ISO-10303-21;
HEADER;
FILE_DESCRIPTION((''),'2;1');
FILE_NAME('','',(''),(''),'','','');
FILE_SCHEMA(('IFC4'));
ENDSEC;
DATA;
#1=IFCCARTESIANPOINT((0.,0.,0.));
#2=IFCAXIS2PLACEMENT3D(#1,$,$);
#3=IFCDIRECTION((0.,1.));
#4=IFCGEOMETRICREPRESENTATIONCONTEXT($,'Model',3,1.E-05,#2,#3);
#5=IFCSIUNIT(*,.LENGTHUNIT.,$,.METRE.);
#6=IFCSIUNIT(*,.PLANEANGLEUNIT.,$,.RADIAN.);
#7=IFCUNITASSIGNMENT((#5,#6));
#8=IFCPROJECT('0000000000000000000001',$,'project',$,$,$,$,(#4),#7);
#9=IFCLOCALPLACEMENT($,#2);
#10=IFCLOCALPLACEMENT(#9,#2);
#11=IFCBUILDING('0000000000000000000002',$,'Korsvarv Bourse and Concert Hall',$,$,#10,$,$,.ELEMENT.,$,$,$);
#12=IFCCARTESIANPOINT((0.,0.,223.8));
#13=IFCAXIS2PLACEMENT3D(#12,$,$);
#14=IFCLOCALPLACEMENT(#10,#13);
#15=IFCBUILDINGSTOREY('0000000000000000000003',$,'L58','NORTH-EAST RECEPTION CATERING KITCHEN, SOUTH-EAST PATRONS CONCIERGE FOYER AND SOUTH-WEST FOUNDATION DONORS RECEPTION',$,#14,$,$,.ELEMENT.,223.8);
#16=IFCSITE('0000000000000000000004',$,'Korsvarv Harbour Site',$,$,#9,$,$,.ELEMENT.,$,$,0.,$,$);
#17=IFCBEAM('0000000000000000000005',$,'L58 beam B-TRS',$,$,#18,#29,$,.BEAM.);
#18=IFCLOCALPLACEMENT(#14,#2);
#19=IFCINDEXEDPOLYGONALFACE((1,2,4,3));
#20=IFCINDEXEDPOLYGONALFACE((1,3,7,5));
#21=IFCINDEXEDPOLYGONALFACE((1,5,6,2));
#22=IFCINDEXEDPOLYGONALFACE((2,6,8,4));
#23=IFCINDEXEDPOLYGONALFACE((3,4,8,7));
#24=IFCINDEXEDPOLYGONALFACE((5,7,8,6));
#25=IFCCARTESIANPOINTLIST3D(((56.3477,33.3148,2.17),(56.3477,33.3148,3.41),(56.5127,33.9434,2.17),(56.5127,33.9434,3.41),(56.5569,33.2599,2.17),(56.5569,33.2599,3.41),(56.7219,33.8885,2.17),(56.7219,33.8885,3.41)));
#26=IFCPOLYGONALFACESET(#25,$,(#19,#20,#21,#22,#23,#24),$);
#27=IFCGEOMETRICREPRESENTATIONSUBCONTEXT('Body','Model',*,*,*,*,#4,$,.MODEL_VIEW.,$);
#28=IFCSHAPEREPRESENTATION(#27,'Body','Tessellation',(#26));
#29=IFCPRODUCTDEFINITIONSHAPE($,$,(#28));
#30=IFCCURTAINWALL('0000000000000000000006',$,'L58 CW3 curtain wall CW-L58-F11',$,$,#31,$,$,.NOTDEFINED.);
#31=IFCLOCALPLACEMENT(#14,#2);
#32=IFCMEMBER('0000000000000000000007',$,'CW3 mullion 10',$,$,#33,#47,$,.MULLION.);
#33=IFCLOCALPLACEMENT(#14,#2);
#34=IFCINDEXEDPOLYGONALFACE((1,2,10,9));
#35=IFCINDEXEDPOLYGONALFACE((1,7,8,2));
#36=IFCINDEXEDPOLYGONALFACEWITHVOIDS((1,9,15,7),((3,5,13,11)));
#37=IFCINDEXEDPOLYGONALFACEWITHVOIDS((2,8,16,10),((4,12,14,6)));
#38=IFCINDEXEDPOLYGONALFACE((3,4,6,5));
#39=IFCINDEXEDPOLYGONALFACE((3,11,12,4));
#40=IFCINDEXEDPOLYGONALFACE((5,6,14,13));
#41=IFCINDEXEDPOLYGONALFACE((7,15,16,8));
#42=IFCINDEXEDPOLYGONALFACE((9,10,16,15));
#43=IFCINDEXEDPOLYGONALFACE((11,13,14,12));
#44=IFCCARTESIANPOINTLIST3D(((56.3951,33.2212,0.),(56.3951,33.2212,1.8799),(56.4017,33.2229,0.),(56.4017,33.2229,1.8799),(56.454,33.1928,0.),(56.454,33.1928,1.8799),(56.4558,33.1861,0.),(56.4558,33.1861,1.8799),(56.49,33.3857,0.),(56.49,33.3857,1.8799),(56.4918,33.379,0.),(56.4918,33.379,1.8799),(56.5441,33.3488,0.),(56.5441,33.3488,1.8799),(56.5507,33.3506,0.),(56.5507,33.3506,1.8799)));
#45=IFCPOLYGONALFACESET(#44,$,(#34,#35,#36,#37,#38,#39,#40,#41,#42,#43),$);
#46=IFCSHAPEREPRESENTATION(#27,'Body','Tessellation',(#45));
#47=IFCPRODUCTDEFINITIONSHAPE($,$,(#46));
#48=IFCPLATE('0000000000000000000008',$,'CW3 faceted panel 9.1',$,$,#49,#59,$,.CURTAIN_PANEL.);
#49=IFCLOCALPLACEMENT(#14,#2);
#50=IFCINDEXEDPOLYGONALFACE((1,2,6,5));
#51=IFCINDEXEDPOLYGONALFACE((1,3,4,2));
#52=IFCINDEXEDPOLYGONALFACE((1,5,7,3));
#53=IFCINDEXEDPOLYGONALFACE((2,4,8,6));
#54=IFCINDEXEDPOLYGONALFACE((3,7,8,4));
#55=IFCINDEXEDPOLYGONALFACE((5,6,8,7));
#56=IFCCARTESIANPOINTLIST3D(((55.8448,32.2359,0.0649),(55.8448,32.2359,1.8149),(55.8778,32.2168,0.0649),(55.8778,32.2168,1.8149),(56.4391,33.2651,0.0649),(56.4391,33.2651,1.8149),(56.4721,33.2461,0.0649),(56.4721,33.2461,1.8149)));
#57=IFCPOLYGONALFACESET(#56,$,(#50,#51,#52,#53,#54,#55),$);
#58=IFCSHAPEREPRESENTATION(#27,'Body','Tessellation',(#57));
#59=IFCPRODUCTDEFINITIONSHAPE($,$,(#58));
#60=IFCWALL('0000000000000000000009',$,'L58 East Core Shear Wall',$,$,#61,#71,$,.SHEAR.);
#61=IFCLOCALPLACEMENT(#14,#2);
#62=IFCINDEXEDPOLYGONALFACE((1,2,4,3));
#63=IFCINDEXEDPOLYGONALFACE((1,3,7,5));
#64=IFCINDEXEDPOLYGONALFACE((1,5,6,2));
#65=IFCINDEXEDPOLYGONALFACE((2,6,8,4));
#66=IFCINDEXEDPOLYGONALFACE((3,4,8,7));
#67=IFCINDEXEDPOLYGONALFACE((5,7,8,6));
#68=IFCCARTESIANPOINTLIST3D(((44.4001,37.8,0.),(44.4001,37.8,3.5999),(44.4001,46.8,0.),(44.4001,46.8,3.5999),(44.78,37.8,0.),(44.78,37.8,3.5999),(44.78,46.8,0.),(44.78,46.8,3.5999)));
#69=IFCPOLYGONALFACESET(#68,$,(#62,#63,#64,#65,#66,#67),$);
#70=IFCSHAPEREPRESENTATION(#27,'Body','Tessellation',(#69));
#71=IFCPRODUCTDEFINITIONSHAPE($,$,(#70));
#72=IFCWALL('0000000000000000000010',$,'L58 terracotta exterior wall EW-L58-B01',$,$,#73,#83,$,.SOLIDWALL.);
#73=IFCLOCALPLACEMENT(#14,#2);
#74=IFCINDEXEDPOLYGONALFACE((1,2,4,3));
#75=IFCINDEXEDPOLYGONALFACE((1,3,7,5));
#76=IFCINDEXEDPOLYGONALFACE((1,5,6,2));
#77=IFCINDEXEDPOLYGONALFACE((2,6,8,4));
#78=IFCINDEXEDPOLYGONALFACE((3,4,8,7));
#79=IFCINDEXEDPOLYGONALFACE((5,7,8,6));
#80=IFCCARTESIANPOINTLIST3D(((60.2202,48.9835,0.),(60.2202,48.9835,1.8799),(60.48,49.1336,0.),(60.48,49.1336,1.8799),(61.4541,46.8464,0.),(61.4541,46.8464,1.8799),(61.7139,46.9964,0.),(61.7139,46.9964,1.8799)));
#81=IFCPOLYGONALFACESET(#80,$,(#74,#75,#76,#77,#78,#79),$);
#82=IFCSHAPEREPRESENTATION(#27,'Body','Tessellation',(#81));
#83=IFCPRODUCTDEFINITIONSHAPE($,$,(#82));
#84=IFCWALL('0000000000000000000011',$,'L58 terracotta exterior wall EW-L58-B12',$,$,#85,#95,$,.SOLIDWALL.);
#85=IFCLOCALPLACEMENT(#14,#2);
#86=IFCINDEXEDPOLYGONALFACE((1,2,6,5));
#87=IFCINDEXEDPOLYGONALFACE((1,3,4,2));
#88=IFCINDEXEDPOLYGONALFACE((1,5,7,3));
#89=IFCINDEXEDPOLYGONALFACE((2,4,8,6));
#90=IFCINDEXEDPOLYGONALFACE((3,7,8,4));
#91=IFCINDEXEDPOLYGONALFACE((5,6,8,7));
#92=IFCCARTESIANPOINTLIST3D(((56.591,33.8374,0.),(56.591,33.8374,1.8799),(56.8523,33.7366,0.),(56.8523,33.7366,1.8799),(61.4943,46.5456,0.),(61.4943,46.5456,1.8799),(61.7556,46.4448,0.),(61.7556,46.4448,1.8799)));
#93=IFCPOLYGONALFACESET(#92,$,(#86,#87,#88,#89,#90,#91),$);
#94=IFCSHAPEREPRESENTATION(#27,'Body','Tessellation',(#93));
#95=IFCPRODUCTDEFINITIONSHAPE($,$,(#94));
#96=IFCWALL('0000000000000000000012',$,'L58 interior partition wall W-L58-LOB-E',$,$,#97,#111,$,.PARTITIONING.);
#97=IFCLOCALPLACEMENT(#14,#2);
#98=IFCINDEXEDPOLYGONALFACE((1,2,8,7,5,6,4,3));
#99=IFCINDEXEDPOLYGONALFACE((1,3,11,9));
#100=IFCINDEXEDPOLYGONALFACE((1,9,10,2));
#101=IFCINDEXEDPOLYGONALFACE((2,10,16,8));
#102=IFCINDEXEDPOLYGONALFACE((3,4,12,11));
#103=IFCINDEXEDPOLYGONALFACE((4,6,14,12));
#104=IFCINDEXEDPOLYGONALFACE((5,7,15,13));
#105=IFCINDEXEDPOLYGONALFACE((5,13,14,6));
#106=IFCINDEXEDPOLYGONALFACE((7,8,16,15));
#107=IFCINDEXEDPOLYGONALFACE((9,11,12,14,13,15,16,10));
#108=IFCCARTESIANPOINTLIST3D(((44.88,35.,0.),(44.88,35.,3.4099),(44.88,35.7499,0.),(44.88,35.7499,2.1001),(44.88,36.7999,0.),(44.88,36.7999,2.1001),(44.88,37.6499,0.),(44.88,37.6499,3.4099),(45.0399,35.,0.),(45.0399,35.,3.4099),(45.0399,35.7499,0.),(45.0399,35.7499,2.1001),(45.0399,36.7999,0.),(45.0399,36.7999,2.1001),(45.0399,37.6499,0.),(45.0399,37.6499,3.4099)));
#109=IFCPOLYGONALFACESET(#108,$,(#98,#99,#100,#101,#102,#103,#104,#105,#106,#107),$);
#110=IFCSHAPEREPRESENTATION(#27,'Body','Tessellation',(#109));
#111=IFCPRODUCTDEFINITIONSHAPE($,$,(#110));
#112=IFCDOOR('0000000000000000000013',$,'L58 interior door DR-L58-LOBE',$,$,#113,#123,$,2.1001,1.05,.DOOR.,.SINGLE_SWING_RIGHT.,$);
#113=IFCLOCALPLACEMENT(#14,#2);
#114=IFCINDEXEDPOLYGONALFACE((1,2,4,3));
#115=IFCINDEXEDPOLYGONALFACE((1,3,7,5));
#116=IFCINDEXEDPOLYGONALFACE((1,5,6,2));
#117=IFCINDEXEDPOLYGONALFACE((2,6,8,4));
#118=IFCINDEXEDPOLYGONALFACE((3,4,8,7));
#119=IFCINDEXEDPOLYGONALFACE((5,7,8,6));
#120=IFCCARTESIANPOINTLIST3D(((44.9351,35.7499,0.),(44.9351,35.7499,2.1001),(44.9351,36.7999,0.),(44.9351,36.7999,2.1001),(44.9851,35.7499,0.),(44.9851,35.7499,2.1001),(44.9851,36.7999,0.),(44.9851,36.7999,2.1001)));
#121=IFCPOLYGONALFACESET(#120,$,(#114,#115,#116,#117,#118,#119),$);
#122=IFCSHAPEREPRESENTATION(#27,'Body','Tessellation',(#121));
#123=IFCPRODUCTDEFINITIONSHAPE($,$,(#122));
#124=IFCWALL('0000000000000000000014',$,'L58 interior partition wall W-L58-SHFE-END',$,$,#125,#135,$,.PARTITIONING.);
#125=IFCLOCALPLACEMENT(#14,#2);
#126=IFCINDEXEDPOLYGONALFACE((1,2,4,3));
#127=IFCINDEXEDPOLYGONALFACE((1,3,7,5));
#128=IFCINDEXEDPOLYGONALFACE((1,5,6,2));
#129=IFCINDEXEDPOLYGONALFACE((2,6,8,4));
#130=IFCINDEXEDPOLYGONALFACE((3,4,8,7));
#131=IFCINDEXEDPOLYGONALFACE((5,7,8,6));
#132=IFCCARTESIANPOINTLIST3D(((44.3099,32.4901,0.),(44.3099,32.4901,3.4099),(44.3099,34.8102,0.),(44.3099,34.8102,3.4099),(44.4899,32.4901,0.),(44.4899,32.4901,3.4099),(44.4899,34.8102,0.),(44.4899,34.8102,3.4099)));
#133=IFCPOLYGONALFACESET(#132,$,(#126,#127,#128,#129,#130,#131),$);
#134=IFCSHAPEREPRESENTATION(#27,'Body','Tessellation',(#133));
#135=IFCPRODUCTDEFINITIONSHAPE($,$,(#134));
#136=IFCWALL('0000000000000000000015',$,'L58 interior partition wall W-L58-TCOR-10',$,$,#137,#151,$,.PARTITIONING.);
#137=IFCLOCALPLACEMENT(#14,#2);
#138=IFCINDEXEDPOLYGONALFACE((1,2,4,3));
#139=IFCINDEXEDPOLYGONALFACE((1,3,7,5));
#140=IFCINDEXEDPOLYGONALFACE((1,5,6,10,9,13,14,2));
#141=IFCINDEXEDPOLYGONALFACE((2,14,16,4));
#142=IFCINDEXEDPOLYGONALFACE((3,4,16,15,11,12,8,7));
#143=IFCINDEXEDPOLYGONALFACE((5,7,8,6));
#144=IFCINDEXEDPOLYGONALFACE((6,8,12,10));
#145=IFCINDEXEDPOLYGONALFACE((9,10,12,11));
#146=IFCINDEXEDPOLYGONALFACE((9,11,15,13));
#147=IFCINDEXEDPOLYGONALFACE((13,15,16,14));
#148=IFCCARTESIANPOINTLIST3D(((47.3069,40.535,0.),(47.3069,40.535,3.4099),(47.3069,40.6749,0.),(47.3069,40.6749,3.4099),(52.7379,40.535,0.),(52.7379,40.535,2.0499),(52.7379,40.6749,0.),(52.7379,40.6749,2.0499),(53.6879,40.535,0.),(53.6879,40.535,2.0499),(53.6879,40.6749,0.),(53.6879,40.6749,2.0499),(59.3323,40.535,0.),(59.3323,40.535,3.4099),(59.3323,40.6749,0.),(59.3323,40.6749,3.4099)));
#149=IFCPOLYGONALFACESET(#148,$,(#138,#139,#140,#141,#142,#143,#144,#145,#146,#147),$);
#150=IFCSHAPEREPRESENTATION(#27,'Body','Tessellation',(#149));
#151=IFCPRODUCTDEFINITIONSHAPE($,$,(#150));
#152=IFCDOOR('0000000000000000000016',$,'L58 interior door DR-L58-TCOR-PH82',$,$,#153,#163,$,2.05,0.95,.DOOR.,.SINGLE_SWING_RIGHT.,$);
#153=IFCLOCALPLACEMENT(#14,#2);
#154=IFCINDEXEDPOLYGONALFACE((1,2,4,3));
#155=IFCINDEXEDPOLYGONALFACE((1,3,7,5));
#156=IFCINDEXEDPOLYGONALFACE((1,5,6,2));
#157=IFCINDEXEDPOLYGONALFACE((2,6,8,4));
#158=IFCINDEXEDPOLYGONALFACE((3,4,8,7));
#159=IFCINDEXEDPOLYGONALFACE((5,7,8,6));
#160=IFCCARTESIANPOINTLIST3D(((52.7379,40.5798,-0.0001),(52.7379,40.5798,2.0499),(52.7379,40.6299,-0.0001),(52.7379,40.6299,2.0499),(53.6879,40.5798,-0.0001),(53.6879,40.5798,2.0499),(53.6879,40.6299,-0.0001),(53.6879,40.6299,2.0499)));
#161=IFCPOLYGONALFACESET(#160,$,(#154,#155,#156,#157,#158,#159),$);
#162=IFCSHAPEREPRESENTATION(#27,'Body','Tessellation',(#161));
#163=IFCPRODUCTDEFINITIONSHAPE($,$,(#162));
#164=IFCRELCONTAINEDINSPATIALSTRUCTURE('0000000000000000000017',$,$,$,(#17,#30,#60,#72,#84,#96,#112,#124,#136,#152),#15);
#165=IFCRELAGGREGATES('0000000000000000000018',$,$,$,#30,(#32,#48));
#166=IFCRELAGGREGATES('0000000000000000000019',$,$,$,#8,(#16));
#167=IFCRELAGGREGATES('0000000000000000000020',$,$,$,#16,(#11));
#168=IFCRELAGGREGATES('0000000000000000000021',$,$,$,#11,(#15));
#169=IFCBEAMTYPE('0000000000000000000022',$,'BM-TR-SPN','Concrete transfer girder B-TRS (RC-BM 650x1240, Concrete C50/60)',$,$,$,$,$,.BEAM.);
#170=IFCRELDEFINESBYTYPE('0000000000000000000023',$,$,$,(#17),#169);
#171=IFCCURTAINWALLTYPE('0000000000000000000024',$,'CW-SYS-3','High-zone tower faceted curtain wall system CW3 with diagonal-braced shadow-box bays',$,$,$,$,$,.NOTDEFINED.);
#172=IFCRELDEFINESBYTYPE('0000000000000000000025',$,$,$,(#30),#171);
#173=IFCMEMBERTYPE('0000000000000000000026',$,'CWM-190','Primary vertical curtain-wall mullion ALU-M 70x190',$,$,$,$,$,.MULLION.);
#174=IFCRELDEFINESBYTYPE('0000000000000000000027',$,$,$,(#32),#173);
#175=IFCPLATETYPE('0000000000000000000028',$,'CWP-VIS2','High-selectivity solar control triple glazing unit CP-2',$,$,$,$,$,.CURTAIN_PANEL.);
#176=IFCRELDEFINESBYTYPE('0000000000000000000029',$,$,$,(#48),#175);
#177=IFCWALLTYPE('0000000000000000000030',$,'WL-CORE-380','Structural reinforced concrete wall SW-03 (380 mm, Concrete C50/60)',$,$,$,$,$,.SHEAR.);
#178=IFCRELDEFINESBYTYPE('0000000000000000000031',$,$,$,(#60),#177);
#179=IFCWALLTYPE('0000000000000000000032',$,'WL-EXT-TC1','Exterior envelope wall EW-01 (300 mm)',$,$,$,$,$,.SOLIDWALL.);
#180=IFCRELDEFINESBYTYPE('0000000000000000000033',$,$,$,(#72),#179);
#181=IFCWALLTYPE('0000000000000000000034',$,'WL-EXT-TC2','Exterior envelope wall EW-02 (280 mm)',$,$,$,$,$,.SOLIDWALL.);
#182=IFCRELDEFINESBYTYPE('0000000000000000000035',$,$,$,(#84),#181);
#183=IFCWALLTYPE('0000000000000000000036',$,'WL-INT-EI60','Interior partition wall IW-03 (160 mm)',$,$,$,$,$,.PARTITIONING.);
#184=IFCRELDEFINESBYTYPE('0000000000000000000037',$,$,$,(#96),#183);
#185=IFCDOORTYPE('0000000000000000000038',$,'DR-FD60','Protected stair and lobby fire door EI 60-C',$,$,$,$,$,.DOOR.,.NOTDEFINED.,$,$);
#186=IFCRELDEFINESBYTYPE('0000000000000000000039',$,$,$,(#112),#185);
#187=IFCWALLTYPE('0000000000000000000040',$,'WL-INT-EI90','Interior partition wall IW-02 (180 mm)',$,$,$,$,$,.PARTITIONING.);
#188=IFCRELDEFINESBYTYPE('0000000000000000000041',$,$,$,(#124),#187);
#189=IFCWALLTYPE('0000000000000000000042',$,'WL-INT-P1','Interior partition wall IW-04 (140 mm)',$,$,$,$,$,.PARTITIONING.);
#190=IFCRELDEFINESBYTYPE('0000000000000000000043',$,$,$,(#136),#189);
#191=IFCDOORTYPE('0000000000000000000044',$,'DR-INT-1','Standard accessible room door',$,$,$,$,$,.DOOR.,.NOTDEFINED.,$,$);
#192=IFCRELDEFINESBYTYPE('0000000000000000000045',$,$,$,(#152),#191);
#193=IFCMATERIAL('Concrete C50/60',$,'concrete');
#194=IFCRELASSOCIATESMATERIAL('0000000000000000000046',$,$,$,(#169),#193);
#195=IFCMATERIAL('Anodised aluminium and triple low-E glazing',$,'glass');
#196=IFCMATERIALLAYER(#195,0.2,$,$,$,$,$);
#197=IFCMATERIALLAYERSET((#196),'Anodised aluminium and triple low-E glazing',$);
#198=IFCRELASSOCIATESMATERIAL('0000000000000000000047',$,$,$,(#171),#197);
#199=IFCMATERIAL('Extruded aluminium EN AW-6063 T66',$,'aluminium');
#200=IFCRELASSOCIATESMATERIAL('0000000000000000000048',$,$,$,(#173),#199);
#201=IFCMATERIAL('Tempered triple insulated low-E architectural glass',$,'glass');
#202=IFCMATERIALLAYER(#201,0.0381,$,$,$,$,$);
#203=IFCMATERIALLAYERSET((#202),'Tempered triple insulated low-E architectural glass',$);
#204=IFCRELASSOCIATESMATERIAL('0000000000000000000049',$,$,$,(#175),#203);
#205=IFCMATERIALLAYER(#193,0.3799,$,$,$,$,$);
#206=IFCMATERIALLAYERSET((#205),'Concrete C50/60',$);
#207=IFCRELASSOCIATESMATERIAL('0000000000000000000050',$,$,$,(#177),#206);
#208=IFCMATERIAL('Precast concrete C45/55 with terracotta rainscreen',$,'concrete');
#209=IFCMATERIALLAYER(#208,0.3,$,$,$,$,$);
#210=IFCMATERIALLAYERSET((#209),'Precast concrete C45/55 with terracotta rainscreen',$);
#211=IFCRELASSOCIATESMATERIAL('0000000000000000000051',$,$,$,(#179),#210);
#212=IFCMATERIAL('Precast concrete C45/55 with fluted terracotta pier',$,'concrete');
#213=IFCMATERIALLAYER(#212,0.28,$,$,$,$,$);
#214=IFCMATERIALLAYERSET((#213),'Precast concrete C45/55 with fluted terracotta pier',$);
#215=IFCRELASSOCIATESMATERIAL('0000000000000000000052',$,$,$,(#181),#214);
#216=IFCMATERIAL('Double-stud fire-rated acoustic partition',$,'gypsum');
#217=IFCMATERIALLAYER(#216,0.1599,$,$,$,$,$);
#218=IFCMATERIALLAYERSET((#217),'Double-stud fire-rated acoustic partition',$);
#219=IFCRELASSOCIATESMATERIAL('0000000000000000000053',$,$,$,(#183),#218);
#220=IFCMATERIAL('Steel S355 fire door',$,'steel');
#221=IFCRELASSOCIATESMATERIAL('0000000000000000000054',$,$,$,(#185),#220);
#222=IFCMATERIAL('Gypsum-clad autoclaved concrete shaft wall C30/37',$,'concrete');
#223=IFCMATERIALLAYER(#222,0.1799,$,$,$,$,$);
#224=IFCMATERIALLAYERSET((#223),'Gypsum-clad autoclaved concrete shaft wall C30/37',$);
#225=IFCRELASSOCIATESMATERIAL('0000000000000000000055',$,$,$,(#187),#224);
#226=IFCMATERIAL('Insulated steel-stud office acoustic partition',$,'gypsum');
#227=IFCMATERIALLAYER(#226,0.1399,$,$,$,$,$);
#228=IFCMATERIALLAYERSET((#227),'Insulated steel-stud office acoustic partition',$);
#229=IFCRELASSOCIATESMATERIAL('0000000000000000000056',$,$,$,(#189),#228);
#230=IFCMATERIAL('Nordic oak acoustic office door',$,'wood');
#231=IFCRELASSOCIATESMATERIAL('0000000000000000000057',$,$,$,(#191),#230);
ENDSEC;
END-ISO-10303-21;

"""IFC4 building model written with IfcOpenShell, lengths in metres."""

from ifc_helpers import new_model, si_unit, direction, frame, frame_2d, origin, origin_2d, place, context, subcontext, project, spatial, rectangle, hollow_rectangle, extrude, source, transform, mapped, material, layer, layer_set, material_profile, profile_set, type_object, element, fill, aggregate, save


model = new_model("IFC4")

# Units and contexts
model_context = context("Model", 3, precision=1e-05, world=origin(), true_north=direction((0.0, 1.0)))
body_context = subcontext(model_context, "Body", "Model", "MODEL_VIEW")
ifc_project = project(units=[si_unit("LENGTHUNIT", "METRE"), si_unit("PLANEANGLEUNIT", "RADIAN")], contexts=[model_context])

# Site, building, storey
site_placement = place(None, origin())
site = spatial("IfcSite", under=ifc_project, at=site_placement, Name="Korsvarv Harbour Site", CompositionType="ELEMENT", RefElevation=0.0)
building_placement = place(site_placement, origin())
building = spatial("IfcBuilding", under=site, at=building_placement, Name="Korsvarv Bourse and Concert Hall", CompositionType="ELEMENT")
storey_placement = place(building_placement, frame((0.0, 0.0, 223.8)))
storey = spatial("IfcBuildingStorey", under=building, at=storey_placement, Name="L58", Description="NORTH-EAST RECEPTION CATERING KITCHEN, SOUTH-EAST PATRONS CONCIERGE FOYER AND SOUTH-WEST FOUNDATION DONORS RECEPTION", CompositionType="ELEMENT", Elevation=223.8)

# Beam
ifc_material_1 = material(Name="Concrete C50/60", Category="concrete")
ifc_material_profile_1 = material_profile(ifc_material_1, rectangle(XDim=0.6499, YDim=1.24, at=origin_2d()), Name="RC-BM 650x1240")
ifc_profile_set_1 = profile_set([ifc_material_profile_1], Name="Concrete C50/60")
beam_type_1 = type_object("IfcBeamType", Name="BM-TR-SPN", Description="Concrete transfer girder B-TRS (RC-BM 650x1240, Concrete C50/60)", PredefinedType="BEAM", material=ifc_profile_set_1)
shared_shape_1 = source(origin(), body_context, "Body", "SweptSolid", [
    extrude(rectangle(XDim=0.6499, YDim=1.24, at=origin_2d()), origin(), (0.0, 0.0, 1.0), 0.2163),
])
beam_1_placement = place(storey_placement, frame((56.6394, 33.5742, 2.79), z_axis=(-0.967221, 0.253938, 0.0), x_axis=(-0.253938, -0.967221, 0.0)))
element("IfcBeam", 1, at=beam_1_placement, inside=storey, type_object=beam_type_1, Name="L58 beam B-TRS", PredefinedType="BEAM", context=body_context, shape_type="MappedRepresentation", body=[
    mapped(shared_shape_1, transform((0.0, 0.0, 0.0), scale=1.0)),
])

# Curtain wall, member, plate
ifc_material_2 = material(Name="Anodised aluminium and triple low-E glazing", Category="glass")
ifc_layer_1 = layer(ifc_material_2, 0.2)
ifc_layer_set_1 = layer_set([ifc_layer_1], Name="Anodised aluminium and triple low-E glazing")
curtain_wall_type = type_object("IfcCurtainWallType", Name="CW-SYS-3", Description="High-zone tower faceted curtain wall system CW3 with diagonal-braced shadow-box bays", PredefinedType="NOTDEFINED", material=ifc_layer_set_1)
curtain_wall_placement = place(storey_placement, origin())
curtain_wall = element("IfcCurtainWall", 2, at=curtain_wall_placement, inside=storey, type_object=curtain_wall_type, Name="L58 CW3 curtain wall CW-L58-F11", PredefinedType="NOTDEFINED")
ifc_material_3 = material(Name="Extruded aluminium EN AW-6063 T66", Category="aluminium")
ifc_material_profile_2 = material_profile(ifc_material_3, hollow_rectangle(XDim=0.0701, YDim=0.1899, WallThickness=0.0049, at=origin_2d()), Name="ALU-M 70x190")
ifc_profile_set_2 = profile_set([ifc_material_profile_2], Name="Extruded aluminium EN AW-6063 T66")
member_type = type_object("IfcMemberType", Name="CWM-190", Description="Primary vertical curtain-wall mullion ALU-M 70x190", PredefinedType="MULLION", material=ifc_profile_set_2)
shared_shape_2 = source(origin(), body_context, "Body", "SweptSolid", [
    extrude(hollow_rectangle(XDim=0.0701, YDim=0.1899, WallThickness=0.0049, at=origin_2d()), origin(), (0.0, 0.0, 1.0), 1.8799),
])
member_placement = place(storey_placement, frame((56.4729, 33.2859, 0.0), z_axis=(0.0, 0.0, 1.0), x_axis=(-0.86603, 0.499992, 0.0)))
member = element("IfcMember", 3, at=member_placement, type_object=member_type, Name="CW3 mullion 10", PredefinedType="MULLION", context=body_context, shape_type="MappedRepresentation", body=[
    mapped(shared_shape_2, transform((0.0, 0.0, 0.0), scale=1.0)),
])
ifc_material_4 = material(Name="Tempered triple insulated low-E architectural glass", Category="glass")
ifc_layer_2 = layer(ifc_material_4, 0.0381)
ifc_layer_set_2 = layer_set([ifc_layer_2], Name="Tempered triple insulated low-E architectural glass")
plate_type = type_object("IfcPlateType", Name="CWP-VIS2", Description="High-selectivity solar control triple glazing unit CP-2", PredefinedType="CURTAIN_PANEL", material=ifc_layer_set_2)
shared_shape_3 = source(origin(), body_context, "Body", "SweptSolid", [
    extrude(rectangle(XDim=1.1885, YDim=0.0381, at=origin_2d()), origin(), (0.0, 0.0, 1.0), 1.75),
])
plate_placement = place(storey_placement, frame((56.1584, 32.741, 0.0649), z_axis=(0.0, 0.0, 1.0), x_axis=(0.499992, 0.86603, 0.0)))
plate = element("IfcPlate", 4, at=plate_placement, type_object=plate_type, Name="CW3 faceted panel 9.1", PredefinedType="CURTAIN_PANEL", context=body_context, shape_type="MappedRepresentation", body=[
    mapped(shared_shape_3, transform((0.0, 0.0, 0.0), scale=1.0)),
])
aggregate(curtain_wall, [member, plate])

# Walls
ifc_layer_3 = layer(ifc_material_1, 0.3799)
ifc_layer_set_3 = layer_set([ifc_layer_3], Name="Concrete C50/60")
wall_type_1 = type_object("IfcWallType", Name="WL-CORE-380", Description="Structural reinforced concrete wall SW-03 (380 mm, Concrete C50/60)", PredefinedType="SHEAR", material=ifc_layer_set_3)
wall_1_placement = place(storey_placement, frame((44.5901, 37.8, 0.0), z_axis=(0.0, 0.0, 1.0), x_axis=(0.0, 1.0, 0.0)))
element("IfcWall", 5, at=wall_1_placement, inside=storey, type_object=wall_type_1, Name="L58 East Core Shear Wall", PredefinedType="SHEAR", context=body_context, shape_type="SweptSolid", body=[
    extrude(rectangle(XDim=9.0, YDim=0.3799, at=frame_2d((4.5, 0.0))), origin(), (0.0, 0.0, 1.0), 3.5999),
])
ifc_material_5 = material(Name="Precast concrete C45/55 with terracotta rainscreen", Category="concrete")
ifc_layer_4 = layer(ifc_material_5, 0.3)
ifc_layer_set_4 = layer_set([ifc_layer_4], Name="Precast concrete C45/55 with terracotta rainscreen")
wall_type_2 = type_object("IfcWallType", Name="WL-EXT-TC1", Description="Exterior envelope wall EW-01 (300 mm)", PredefinedType="SOLIDWALL", material=ifc_layer_set_4)
wall_2_placement = place(storey_placement, frame((61.584, 46.9214, 0.0), z_axis=(0.0, 0.0, 1.0), x_axis=(-0.499991, 0.866031, 0.0)))
element("IfcWall", 6, at=wall_2_placement, inside=storey, type_object=wall_type_2, Name="L58 terracotta exterior wall EW-L58-B01", PredefinedType="SOLIDWALL", context=body_context, shape_type="SweptSolid", body=[
    extrude(rectangle(XDim=2.4678, YDim=0.3, at=frame_2d((1.2339, 0.0))), origin(), (0.0, 0.0, 1.0), 1.8799),
])
ifc_material_6 = material(Name="Precast concrete C45/55 with fluted terracotta pier", Category="concrete")
ifc_layer_5 = layer(ifc_material_6, 0.28)
ifc_layer_set_5 = layer_set([ifc_layer_5], Name="Precast concrete C45/55 with fluted terracotta pier")
wall_type_3 = type_object("IfcWallType", Name="WL-EXT-TC2", Description="Exterior envelope wall EW-02 (280 mm)", PredefinedType="SOLIDWALL", material=ifc_layer_set_5)
wall_3_placement = place(storey_placement, frame((56.7217, 33.7871, 0.0), z_axis=(0.0, 0.0, 1.0), x_axis=(0.359972, 0.932963, 0.0)))
element("IfcWall", 7, at=wall_3_placement, inside=storey, type_object=wall_type_3, Name="L58 terracotta exterior wall EW-L58-B12", PredefinedType="SOLIDWALL", context=body_context, shape_type="SweptSolid", body=[
    extrude(rectangle(XDim=13.6213, YDim=0.28, at=frame_2d((6.8105, 0.0))), origin(), (0.0, 0.0, 1.0), 1.8799),
])

# Wall, opening, door
ifc_material_7 = material(Name="Double-stud fire-rated acoustic partition", Category="gypsum")
ifc_layer_6 = layer(ifc_material_7, 0.1599)
ifc_layer_set_6 = layer_set([ifc_layer_6], Name="Double-stud fire-rated acoustic partition")
wall_type_4 = type_object("IfcWallType", Name="WL-INT-EI60", Description="Interior partition wall IW-03 (160 mm)", PredefinedType="PARTITIONING", material=ifc_layer_set_6)
wall_4_placement = place(storey_placement, frame((44.96, 35.0, 0.0), z_axis=(0.0, 0.0, 1.0), x_axis=(0.0, 1.0, 0.0)))
wall_4 = element("IfcWall", 8, at=wall_4_placement, inside=storey, type_object=wall_type_4, Name="L58 interior partition wall W-L58-LOB-E", PredefinedType="PARTITIONING", context=body_context, shape_type="SweptSolid", body=[
    extrude(rectangle(XDim=2.6499, YDim=0.1599, at=frame_2d((1.325, 0.0))), origin(), (0.0, 0.0, 1.0), 3.4099),
])
opening_1_placement = place(wall_4_placement, frame((0.75, 0.0, 0.0)))
opening_1 = element("IfcOpeningElement", 9, at=opening_1_placement, cuts=wall_4, PredefinedType="OPENING", context=body_context, shape_type="SweptSolid", body=[
    extrude(rectangle(XDim=1.05, YDim=2.1001, at=frame_2d((0.5249, 1.05))), frame((0.0, 0.0898, 0.0), z_axis=(0.0, -1.0, 0.0), x_axis=(1.0, 0.0, 0.0)), (0.0, 0.0, 1.0), 0.1799),
])
ifc_material_8 = material(Name="Steel S355 fire door", Category="steel")
door_type_1 = type_object("IfcDoorType", Name="DR-FD60", Description="Protected stair and lobby fire door EI 60-C", OperationType="NOTDEFINED", PredefinedType="DOOR", material=ifc_material_8)
door_1_placement = place(opening_1_placement, origin())
door_1 = element("IfcDoor", 10, at=door_1_placement, inside=storey, type_object=door_type_1, Name="L58 interior door DR-L58-LOBE", OperationType="SINGLE_SWING_RIGHT", OverallHeight=2.1001, OverallWidth=1.05, PredefinedType="DOOR", context=body_context, shape_type="SweptSolid", body=[
    extrude(rectangle(XDim=1.05, YDim=2.1001, at=frame_2d((0.5249, 1.05))), frame((0.0, 0.0249, 0.0), z_axis=(0.0, -1.0, 0.0), x_axis=(1.0, 0.0, 0.0)), (0.0, 0.0, 1.0), 0.05),
])
fill(opening_1, door_1)

# Wall
ifc_material_9 = material(Name="Gypsum-clad autoclaved concrete shaft wall C30/37", Category="concrete")
ifc_layer_7 = layer(ifc_material_9, 0.1799)
ifc_layer_set_7 = layer_set([ifc_layer_7], Name="Gypsum-clad autoclaved concrete shaft wall C30/37")
wall_type_5 = type_object("IfcWallType", Name="WL-INT-EI90", Description="Interior partition wall IW-02 (180 mm)", PredefinedType="PARTITIONING", material=ifc_layer_set_7)
wall_5_placement = place(storey_placement, frame((44.3999, 32.49, 0.0), z_axis=(0.0, 0.0, 1.0), x_axis=(0.0, 1.0, 0.0)))
element("IfcWall", 11, at=wall_5_placement, inside=storey, type_object=wall_type_5, Name="L58 interior partition wall W-L58-SHFE-END", PredefinedType="PARTITIONING", context=body_context, shape_type="SweptSolid", body=[
    extrude(rectangle(XDim=2.3201, YDim=0.1799, at=frame_2d((1.1602, 0.0))), origin(), (0.0, 0.0, 1.0), 3.4099),
])

# Wall, opening, door
ifc_material_10 = material(Name="Insulated steel-stud office acoustic partition", Category="gypsum")
ifc_layer_8 = layer(ifc_material_10, 0.1399)
ifc_layer_set_8 = layer_set([ifc_layer_8], Name="Insulated steel-stud office acoustic partition")
wall_type_6 = type_object("IfcWallType", Name="WL-INT-P1", Description="Interior partition wall IW-04 (140 mm)", PredefinedType="PARTITIONING", material=ifc_layer_set_8)
wall_6_placement = place(storey_placement, frame((47.3069, 40.605, 0.0), z_axis=(0.0, 0.0, 1.0), x_axis=(1.0, 0.0, 0.0)))
wall_6 = element("IfcWall", 12, at=wall_6_placement, inside=storey, type_object=wall_type_6, Name="L58 interior partition wall W-L58-TCOR-10", PredefinedType="PARTITIONING", context=body_context, shape_type="SweptSolid", body=[
    extrude(rectangle(XDim=12.0254, YDim=0.1399, at=frame_2d((6.0127, 0.0))), origin(), (0.0, 0.0, 1.0), 3.4099),
])
opening_2_placement = place(wall_6_placement, frame((5.4309, 0.0, 0.0)))
opening_2 = element("IfcOpeningElement", 13, at=opening_2_placement, cuts=wall_6, PredefinedType="OPENING", context=body_context, shape_type="SweptSolid", body=[
    extrude(rectangle(XDim=0.95, YDim=2.05, at=frame_2d((0.4751, 1.0249))), frame((0.0, 0.0801, 0.0), z_axis=(0.0, -1.0, 0.0), x_axis=(1.0, 0.0, 0.0)), (0.0, 0.0, 1.0), 0.1599),
])
ifc_material_11 = material(Name="Nordic oak acoustic office door", Category="wood")
door_type_2 = type_object("IfcDoorType", Name="DR-INT-1", Description="Standard accessible room door", OperationType="NOTDEFINED", PredefinedType="DOOR", material=ifc_material_11)
door_2_placement = place(opening_2_placement, origin())
door_2 = element("IfcDoor", 14, at=door_2_placement, inside=storey, type_object=door_type_2, Name="L58 interior door DR-L58-TCOR-PH82", OperationType="SINGLE_SWING_RIGHT", OverallHeight=2.05, OverallWidth=0.95, PredefinedType="DOOR", context=body_context, shape_type="SweptSolid", body=[
    extrude(rectangle(XDim=0.95, YDim=2.05, at=frame_2d((0.4751, 1.0249))), frame((0.0, 0.0249, 0.0), z_axis=(0.0, -1.0, 0.0), x_axis=(1.0, 0.0, 0.0)), (0.0, 0.0, 1.0), 0.05),
])
fill(opening_2, door_2)

save(model, "model.ifc")
